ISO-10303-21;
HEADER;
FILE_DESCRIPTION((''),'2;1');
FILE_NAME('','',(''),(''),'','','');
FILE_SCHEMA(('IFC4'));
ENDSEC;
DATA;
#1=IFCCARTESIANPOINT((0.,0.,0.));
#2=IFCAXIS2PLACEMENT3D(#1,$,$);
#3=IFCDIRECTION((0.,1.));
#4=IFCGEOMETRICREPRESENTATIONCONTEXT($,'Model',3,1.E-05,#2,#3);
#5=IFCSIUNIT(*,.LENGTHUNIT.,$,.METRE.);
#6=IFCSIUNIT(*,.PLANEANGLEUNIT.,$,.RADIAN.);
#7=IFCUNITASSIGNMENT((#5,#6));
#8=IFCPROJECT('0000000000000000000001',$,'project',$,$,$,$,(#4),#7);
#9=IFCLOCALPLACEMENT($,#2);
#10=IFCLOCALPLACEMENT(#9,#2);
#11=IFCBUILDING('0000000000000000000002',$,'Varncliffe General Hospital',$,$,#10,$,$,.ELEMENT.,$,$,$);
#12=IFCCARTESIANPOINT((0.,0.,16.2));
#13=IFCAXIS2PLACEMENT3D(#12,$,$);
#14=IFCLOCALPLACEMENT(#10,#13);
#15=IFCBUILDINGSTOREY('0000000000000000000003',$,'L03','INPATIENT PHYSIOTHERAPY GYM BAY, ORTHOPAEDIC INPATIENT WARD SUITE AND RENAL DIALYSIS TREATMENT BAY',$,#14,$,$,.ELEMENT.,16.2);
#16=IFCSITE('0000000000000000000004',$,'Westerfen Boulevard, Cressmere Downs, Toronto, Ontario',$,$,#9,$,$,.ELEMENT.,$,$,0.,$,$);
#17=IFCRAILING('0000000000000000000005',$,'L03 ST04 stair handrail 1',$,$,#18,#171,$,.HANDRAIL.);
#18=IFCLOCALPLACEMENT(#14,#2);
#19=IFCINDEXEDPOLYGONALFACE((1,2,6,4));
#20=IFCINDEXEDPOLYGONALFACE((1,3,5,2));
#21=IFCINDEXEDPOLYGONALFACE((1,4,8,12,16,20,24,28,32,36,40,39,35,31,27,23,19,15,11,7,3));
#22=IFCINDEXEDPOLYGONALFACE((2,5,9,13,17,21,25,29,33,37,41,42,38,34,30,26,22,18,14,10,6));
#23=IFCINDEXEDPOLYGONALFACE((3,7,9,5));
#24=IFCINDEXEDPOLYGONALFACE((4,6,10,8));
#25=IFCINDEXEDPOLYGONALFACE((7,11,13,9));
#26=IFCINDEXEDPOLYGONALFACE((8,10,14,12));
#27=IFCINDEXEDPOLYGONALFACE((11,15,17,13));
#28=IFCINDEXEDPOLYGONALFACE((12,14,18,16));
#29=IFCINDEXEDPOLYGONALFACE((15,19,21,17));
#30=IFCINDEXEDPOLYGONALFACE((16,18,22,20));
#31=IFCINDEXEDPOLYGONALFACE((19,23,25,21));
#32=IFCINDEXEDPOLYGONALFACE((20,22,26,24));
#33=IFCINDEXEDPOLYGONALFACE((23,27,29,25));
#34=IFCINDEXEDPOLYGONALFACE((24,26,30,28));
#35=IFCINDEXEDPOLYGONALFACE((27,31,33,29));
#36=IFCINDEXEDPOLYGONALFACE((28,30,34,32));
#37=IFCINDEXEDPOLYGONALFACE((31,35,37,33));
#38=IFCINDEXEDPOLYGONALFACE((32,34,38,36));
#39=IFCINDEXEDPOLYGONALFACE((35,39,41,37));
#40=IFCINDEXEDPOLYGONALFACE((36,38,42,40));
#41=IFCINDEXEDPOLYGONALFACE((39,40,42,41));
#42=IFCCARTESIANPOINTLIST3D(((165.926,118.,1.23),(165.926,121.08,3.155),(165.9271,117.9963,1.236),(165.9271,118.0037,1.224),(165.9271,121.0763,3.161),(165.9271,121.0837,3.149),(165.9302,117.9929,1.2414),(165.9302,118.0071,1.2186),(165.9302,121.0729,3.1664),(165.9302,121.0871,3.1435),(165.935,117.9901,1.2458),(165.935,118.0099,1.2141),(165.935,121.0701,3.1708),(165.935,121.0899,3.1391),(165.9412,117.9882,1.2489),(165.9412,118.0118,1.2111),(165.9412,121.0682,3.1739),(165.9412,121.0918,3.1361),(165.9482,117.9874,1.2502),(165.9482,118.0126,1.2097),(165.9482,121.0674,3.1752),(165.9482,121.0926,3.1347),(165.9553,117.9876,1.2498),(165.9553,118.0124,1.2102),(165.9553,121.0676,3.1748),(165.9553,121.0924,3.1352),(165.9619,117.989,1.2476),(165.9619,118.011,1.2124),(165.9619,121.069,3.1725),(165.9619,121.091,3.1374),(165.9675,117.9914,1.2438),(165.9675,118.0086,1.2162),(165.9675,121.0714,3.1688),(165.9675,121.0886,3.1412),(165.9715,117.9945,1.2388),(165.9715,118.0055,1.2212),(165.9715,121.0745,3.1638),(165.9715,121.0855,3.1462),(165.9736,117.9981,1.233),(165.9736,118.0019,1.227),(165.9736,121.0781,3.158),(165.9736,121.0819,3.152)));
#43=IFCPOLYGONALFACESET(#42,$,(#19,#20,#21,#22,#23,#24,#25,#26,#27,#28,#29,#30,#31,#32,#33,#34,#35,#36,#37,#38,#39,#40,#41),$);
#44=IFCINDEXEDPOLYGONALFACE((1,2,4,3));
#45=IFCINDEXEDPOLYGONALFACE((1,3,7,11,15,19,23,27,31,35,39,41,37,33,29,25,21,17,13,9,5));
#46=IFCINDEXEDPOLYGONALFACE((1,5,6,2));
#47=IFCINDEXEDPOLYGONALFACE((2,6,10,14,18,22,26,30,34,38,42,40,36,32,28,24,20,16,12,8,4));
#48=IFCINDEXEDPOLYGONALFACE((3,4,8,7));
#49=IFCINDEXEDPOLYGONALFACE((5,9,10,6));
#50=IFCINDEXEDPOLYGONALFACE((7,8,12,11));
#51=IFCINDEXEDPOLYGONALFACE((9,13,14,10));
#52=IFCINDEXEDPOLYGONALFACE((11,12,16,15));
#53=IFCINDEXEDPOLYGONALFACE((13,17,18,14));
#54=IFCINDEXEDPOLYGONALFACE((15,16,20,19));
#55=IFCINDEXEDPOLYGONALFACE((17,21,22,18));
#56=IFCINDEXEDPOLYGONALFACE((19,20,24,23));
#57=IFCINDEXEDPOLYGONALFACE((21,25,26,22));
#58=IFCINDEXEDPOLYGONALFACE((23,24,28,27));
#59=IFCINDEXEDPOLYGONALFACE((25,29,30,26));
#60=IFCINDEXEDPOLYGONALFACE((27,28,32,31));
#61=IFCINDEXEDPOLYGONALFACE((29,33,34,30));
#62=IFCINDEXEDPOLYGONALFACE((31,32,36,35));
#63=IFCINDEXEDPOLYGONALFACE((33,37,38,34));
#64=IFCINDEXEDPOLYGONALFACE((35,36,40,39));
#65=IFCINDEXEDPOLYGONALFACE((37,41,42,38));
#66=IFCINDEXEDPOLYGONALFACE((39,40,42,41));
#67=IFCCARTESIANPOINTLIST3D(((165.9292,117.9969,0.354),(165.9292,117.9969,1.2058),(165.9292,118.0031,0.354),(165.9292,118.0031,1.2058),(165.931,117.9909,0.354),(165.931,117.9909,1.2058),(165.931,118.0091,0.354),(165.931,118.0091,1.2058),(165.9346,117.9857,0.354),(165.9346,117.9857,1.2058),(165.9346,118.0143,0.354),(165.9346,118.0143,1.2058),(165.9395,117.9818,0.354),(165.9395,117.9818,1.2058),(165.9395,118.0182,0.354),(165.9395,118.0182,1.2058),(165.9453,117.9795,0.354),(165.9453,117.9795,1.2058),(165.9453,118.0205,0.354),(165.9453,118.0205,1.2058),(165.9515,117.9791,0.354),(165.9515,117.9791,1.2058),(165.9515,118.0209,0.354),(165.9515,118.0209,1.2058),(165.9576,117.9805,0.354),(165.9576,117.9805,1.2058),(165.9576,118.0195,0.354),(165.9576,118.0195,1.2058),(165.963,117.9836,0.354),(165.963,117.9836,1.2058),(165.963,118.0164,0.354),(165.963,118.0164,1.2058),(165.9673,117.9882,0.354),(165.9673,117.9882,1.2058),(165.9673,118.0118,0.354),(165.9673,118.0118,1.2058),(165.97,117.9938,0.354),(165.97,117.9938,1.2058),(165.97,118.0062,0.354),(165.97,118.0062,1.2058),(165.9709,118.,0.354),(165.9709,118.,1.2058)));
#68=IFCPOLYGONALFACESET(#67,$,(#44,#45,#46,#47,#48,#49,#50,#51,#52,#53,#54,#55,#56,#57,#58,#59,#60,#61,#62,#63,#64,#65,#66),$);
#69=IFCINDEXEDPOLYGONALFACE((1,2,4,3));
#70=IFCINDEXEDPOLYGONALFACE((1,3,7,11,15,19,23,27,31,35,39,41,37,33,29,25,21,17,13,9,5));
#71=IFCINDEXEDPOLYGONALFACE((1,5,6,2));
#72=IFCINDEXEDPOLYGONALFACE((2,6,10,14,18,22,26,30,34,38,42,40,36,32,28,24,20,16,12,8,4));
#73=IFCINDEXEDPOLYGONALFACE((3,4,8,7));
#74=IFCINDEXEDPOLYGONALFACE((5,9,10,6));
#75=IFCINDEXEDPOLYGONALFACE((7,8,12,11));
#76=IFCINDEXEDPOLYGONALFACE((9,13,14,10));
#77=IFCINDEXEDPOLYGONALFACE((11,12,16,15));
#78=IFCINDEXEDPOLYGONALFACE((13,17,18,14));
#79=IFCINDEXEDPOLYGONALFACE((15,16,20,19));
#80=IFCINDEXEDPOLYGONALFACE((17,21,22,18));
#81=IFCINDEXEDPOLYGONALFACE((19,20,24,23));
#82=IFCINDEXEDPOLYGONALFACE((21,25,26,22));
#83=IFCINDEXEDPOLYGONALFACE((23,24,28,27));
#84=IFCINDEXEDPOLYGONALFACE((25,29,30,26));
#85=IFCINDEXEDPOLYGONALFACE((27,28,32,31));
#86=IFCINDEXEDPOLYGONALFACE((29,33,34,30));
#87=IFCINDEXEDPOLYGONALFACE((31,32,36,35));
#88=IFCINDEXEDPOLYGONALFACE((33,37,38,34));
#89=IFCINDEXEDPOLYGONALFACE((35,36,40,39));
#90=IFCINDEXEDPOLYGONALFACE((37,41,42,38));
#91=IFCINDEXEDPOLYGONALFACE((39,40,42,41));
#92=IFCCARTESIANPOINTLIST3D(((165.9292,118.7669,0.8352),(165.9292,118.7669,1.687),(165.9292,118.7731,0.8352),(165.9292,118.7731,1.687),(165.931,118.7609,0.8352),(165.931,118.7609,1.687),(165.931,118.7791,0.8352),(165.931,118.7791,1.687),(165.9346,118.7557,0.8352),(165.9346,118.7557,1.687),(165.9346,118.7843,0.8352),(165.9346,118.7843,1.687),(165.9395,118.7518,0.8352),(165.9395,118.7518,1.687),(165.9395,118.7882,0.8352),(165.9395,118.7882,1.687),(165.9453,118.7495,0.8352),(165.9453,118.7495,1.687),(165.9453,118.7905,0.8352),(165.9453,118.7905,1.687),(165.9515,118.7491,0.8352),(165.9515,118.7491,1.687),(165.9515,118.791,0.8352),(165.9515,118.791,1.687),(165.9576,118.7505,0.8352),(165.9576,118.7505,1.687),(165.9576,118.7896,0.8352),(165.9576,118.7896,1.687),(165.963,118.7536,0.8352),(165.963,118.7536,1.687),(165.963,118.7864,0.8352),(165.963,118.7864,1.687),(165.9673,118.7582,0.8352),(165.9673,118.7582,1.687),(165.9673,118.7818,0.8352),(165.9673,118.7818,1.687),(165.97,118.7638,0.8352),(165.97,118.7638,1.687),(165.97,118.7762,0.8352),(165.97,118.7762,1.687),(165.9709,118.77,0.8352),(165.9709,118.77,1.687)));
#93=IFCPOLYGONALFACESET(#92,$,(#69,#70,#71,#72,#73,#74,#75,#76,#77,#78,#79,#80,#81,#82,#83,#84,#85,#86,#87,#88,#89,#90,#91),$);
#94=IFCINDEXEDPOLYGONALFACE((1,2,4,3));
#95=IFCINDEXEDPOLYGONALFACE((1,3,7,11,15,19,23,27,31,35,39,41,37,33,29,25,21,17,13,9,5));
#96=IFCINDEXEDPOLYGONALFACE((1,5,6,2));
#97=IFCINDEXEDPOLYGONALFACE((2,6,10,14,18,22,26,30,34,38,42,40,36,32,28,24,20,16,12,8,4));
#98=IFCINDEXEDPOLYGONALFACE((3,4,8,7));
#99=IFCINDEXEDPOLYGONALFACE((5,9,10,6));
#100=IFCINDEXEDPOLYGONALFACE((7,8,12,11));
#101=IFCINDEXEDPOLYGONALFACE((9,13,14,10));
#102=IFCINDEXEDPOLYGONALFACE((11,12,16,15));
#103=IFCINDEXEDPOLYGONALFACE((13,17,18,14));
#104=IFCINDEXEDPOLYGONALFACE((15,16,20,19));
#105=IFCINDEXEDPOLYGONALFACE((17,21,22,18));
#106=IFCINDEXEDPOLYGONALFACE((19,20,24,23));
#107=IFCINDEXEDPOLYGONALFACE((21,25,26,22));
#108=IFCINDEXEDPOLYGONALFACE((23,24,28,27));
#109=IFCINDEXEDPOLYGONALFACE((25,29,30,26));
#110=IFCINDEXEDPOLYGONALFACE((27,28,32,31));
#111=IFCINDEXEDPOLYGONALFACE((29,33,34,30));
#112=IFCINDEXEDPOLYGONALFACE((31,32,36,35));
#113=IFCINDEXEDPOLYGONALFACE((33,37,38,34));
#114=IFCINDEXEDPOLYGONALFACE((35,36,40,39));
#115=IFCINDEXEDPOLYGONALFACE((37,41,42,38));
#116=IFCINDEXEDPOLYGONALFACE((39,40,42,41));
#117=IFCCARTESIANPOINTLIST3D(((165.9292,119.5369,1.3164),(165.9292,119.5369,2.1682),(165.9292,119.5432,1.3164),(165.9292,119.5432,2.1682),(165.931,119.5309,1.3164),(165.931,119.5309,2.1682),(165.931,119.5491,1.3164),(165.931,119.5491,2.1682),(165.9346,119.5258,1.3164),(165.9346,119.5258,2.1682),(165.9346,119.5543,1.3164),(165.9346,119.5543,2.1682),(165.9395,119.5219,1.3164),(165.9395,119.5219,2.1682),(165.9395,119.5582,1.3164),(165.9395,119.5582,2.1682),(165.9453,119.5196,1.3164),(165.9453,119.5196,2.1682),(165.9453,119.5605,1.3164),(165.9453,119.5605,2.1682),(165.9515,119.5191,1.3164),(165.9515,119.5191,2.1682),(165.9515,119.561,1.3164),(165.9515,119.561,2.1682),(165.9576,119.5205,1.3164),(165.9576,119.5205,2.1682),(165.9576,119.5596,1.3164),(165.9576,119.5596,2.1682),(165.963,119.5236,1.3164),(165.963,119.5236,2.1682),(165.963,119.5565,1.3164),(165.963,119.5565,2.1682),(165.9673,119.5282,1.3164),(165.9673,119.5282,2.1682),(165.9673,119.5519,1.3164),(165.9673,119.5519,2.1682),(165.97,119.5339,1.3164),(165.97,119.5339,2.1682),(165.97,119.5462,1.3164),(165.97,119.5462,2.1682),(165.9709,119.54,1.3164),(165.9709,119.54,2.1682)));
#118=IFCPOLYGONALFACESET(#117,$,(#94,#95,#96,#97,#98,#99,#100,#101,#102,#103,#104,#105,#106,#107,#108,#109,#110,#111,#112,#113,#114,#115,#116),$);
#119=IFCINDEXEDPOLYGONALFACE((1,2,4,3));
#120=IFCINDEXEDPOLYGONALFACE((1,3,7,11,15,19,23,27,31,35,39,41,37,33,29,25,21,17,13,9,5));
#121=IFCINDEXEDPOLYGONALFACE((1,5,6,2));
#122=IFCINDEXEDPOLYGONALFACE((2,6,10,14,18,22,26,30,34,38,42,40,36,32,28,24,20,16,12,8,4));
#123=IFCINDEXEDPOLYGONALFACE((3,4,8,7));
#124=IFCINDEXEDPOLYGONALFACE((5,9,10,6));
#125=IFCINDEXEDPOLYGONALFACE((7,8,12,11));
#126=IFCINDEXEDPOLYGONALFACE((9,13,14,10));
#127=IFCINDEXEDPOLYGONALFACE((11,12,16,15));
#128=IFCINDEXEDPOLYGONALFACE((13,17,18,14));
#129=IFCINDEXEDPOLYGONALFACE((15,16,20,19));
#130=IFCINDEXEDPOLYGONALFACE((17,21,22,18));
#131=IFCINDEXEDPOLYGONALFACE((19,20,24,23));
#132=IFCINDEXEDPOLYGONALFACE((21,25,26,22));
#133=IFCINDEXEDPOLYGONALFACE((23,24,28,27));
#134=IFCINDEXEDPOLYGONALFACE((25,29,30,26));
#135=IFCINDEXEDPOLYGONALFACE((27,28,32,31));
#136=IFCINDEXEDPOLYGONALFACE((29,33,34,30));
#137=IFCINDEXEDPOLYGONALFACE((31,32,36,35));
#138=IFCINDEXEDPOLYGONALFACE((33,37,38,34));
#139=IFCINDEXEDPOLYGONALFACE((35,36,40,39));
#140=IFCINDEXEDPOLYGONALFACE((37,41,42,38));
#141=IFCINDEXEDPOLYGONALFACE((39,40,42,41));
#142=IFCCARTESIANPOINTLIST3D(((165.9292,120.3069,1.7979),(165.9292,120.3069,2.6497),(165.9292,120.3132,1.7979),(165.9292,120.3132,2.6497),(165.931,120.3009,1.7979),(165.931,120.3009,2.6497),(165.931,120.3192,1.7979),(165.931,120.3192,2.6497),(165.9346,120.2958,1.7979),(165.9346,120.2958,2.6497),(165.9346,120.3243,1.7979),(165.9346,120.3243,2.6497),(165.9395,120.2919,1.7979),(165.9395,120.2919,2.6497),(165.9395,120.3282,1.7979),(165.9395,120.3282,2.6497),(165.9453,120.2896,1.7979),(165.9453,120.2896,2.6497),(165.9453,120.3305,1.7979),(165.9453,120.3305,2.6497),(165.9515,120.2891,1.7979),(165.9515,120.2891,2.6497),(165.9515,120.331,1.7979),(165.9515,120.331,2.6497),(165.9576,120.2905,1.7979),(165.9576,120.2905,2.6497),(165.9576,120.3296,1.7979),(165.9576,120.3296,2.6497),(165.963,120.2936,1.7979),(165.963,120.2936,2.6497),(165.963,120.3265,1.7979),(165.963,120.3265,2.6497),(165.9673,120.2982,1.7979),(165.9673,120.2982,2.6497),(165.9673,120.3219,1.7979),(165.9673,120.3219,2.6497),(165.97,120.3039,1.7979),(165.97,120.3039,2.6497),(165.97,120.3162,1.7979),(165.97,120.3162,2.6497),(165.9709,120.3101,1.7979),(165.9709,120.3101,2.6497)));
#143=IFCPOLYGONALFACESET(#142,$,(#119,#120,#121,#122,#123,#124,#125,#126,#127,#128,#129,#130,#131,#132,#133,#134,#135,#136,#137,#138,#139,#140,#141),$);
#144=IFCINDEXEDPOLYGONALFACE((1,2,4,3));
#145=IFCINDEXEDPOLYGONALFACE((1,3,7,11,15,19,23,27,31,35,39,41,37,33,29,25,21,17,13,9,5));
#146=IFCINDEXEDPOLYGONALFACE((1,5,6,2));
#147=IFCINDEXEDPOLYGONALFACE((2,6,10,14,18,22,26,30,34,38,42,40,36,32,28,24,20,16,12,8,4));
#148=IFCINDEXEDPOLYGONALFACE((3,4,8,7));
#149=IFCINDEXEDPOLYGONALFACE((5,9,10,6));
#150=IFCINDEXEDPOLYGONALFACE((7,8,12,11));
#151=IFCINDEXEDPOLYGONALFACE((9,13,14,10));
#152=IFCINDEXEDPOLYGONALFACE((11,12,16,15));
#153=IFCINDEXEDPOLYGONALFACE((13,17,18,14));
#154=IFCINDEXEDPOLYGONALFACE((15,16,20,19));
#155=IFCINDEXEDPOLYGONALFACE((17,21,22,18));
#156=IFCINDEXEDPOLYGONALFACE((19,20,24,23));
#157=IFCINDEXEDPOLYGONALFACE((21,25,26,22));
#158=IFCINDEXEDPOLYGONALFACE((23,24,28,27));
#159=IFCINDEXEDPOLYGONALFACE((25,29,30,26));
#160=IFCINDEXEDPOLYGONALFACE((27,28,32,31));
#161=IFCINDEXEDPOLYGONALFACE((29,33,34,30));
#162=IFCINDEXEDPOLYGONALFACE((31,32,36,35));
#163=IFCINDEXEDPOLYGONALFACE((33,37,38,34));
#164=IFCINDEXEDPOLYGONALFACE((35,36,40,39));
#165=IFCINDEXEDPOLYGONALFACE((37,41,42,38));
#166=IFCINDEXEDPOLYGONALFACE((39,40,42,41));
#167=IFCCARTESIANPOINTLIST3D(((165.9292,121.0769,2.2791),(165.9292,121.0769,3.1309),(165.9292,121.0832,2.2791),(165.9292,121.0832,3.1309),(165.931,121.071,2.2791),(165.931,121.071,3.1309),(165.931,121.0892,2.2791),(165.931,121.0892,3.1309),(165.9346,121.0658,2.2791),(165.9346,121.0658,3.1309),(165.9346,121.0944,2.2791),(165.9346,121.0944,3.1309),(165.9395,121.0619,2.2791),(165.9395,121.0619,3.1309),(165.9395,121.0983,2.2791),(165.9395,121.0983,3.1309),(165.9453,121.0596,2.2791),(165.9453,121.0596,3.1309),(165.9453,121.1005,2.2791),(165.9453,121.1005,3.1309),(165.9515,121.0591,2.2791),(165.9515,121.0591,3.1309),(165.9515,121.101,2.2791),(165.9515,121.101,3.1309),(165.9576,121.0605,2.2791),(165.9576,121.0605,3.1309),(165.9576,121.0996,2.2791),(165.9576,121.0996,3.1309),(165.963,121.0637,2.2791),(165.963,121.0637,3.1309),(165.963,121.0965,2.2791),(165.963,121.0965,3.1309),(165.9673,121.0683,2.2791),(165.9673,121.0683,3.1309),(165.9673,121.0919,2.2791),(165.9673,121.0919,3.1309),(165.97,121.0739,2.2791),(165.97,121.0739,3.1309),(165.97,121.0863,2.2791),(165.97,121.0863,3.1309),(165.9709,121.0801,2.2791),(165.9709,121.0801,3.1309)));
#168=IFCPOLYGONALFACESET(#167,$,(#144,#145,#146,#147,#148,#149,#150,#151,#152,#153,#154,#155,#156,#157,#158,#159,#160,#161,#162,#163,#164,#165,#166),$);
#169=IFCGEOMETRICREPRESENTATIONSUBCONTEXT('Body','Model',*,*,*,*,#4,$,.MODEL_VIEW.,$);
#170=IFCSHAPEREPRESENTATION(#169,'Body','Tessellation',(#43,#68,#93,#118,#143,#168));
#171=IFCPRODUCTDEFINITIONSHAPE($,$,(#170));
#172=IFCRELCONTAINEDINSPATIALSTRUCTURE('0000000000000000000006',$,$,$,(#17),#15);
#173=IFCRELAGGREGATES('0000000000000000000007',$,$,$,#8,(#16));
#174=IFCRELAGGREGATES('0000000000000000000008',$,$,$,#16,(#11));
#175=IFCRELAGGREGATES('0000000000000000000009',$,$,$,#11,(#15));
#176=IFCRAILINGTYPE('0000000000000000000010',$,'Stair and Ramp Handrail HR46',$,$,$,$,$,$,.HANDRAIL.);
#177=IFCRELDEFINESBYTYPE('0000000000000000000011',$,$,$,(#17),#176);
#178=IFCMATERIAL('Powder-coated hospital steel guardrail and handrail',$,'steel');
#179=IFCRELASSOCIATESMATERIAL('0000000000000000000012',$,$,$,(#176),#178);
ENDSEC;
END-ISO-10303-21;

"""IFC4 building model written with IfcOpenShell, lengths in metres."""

from ifc_helpers import new_model, si_unit, direction, frame, origin, origin_2d, place, context, subcontext, project, spatial, circle, extrude, material, type_object, element, save


model = new_model("IFC4")

# Units and contexts
model_context = context("Model", 3, precision=1e-05, world=origin(), true_north=direction((0.0, 1.0)))
body_context = subcontext(model_context, "Body", "Model", "MODEL_VIEW")
ifc_project = project(units=[si_unit("LENGTHUNIT", "METRE"), si_unit("PLANEANGLEUNIT", "RADIAN")], contexts=[model_context])

# Site, building, storey
site_placement = place(None, origin())
site = spatial("IfcSite", under=ifc_project, at=site_placement, Name="Westerfen Boulevard, Cressmere Downs, Toronto, Ontario", CompositionType="ELEMENT", RefElevation=0.0)
building_placement = place(site_placement, origin())
building = spatial("IfcBuilding", under=site, at=building_placement, Name="Varncliffe General Hospital", CompositionType="ELEMENT")
storey_placement = place(building_placement, frame((0.0, 0.0, 16.2)))
storey = spatial("IfcBuildingStorey", under=building, at=storey_placement, Name="L03", Description="INPATIENT PHYSIOTHERAPY GYM BAY, ORTHOPAEDIC INPATIENT WARD SUITE AND RENAL DIALYSIS TREATMENT BAY", CompositionType="ELEMENT", Elevation=16.2)

# Railing
ifc_material_1 = material(Name="Powder-coated hospital steel guardrail and handrail", Category="steel")
railing_type_1 = type_object("IfcRailingType", Name="Stair and Ramp Handrail HR46", PredefinedType="HANDRAIL", material=ifc_material_1)
railing_1_placement = place(storey_placement, frame((165.95, 118.0, 0.354)))
element("IfcRailing", 1, at=railing_1_placement, inside=storey, type_object=railing_type_1, Name="L03 ST04 stair handrail 1", PredefinedType="HANDRAIL", context=body_context, shape_type="SweptSolid", body=[
    extrude(circle(Radius=0.0239, at=origin_2d()), frame((0.0, 0.0, 0.876), z_axis=(0.0, 0.847998, 0.529999), x_axis=(-1.0, 0.0, 0.0)), (0.0, 0.0, 1.0), 3.6321),
    extrude(circle(Radius=0.021, at=origin_2d()), origin(), (0.0, 0.0, 1.0), 0.8518),
    extrude(circle(Radius=0.021, at=origin_2d()), frame((0.0, 0.77, 0.4812)), (0.0, 0.0, 1.0), 0.8518),
    extrude(circle(Radius=0.021, at=origin_2d()), frame((0.0, 1.54, 0.9624)), (0.0, 0.0, 1.0), 0.8518),
    extrude(circle(Radius=0.021, at=origin_2d()), frame((0.0, 2.3101, 1.4438)), (0.0, 0.0, 1.0), 0.8518),
    extrude(circle(Radius=0.021, at=origin_2d()), frame((0.0, 3.0801, 1.925)), (0.0, 0.0, 1.0), 0.8518),
])

save(model, "model.ifc")
